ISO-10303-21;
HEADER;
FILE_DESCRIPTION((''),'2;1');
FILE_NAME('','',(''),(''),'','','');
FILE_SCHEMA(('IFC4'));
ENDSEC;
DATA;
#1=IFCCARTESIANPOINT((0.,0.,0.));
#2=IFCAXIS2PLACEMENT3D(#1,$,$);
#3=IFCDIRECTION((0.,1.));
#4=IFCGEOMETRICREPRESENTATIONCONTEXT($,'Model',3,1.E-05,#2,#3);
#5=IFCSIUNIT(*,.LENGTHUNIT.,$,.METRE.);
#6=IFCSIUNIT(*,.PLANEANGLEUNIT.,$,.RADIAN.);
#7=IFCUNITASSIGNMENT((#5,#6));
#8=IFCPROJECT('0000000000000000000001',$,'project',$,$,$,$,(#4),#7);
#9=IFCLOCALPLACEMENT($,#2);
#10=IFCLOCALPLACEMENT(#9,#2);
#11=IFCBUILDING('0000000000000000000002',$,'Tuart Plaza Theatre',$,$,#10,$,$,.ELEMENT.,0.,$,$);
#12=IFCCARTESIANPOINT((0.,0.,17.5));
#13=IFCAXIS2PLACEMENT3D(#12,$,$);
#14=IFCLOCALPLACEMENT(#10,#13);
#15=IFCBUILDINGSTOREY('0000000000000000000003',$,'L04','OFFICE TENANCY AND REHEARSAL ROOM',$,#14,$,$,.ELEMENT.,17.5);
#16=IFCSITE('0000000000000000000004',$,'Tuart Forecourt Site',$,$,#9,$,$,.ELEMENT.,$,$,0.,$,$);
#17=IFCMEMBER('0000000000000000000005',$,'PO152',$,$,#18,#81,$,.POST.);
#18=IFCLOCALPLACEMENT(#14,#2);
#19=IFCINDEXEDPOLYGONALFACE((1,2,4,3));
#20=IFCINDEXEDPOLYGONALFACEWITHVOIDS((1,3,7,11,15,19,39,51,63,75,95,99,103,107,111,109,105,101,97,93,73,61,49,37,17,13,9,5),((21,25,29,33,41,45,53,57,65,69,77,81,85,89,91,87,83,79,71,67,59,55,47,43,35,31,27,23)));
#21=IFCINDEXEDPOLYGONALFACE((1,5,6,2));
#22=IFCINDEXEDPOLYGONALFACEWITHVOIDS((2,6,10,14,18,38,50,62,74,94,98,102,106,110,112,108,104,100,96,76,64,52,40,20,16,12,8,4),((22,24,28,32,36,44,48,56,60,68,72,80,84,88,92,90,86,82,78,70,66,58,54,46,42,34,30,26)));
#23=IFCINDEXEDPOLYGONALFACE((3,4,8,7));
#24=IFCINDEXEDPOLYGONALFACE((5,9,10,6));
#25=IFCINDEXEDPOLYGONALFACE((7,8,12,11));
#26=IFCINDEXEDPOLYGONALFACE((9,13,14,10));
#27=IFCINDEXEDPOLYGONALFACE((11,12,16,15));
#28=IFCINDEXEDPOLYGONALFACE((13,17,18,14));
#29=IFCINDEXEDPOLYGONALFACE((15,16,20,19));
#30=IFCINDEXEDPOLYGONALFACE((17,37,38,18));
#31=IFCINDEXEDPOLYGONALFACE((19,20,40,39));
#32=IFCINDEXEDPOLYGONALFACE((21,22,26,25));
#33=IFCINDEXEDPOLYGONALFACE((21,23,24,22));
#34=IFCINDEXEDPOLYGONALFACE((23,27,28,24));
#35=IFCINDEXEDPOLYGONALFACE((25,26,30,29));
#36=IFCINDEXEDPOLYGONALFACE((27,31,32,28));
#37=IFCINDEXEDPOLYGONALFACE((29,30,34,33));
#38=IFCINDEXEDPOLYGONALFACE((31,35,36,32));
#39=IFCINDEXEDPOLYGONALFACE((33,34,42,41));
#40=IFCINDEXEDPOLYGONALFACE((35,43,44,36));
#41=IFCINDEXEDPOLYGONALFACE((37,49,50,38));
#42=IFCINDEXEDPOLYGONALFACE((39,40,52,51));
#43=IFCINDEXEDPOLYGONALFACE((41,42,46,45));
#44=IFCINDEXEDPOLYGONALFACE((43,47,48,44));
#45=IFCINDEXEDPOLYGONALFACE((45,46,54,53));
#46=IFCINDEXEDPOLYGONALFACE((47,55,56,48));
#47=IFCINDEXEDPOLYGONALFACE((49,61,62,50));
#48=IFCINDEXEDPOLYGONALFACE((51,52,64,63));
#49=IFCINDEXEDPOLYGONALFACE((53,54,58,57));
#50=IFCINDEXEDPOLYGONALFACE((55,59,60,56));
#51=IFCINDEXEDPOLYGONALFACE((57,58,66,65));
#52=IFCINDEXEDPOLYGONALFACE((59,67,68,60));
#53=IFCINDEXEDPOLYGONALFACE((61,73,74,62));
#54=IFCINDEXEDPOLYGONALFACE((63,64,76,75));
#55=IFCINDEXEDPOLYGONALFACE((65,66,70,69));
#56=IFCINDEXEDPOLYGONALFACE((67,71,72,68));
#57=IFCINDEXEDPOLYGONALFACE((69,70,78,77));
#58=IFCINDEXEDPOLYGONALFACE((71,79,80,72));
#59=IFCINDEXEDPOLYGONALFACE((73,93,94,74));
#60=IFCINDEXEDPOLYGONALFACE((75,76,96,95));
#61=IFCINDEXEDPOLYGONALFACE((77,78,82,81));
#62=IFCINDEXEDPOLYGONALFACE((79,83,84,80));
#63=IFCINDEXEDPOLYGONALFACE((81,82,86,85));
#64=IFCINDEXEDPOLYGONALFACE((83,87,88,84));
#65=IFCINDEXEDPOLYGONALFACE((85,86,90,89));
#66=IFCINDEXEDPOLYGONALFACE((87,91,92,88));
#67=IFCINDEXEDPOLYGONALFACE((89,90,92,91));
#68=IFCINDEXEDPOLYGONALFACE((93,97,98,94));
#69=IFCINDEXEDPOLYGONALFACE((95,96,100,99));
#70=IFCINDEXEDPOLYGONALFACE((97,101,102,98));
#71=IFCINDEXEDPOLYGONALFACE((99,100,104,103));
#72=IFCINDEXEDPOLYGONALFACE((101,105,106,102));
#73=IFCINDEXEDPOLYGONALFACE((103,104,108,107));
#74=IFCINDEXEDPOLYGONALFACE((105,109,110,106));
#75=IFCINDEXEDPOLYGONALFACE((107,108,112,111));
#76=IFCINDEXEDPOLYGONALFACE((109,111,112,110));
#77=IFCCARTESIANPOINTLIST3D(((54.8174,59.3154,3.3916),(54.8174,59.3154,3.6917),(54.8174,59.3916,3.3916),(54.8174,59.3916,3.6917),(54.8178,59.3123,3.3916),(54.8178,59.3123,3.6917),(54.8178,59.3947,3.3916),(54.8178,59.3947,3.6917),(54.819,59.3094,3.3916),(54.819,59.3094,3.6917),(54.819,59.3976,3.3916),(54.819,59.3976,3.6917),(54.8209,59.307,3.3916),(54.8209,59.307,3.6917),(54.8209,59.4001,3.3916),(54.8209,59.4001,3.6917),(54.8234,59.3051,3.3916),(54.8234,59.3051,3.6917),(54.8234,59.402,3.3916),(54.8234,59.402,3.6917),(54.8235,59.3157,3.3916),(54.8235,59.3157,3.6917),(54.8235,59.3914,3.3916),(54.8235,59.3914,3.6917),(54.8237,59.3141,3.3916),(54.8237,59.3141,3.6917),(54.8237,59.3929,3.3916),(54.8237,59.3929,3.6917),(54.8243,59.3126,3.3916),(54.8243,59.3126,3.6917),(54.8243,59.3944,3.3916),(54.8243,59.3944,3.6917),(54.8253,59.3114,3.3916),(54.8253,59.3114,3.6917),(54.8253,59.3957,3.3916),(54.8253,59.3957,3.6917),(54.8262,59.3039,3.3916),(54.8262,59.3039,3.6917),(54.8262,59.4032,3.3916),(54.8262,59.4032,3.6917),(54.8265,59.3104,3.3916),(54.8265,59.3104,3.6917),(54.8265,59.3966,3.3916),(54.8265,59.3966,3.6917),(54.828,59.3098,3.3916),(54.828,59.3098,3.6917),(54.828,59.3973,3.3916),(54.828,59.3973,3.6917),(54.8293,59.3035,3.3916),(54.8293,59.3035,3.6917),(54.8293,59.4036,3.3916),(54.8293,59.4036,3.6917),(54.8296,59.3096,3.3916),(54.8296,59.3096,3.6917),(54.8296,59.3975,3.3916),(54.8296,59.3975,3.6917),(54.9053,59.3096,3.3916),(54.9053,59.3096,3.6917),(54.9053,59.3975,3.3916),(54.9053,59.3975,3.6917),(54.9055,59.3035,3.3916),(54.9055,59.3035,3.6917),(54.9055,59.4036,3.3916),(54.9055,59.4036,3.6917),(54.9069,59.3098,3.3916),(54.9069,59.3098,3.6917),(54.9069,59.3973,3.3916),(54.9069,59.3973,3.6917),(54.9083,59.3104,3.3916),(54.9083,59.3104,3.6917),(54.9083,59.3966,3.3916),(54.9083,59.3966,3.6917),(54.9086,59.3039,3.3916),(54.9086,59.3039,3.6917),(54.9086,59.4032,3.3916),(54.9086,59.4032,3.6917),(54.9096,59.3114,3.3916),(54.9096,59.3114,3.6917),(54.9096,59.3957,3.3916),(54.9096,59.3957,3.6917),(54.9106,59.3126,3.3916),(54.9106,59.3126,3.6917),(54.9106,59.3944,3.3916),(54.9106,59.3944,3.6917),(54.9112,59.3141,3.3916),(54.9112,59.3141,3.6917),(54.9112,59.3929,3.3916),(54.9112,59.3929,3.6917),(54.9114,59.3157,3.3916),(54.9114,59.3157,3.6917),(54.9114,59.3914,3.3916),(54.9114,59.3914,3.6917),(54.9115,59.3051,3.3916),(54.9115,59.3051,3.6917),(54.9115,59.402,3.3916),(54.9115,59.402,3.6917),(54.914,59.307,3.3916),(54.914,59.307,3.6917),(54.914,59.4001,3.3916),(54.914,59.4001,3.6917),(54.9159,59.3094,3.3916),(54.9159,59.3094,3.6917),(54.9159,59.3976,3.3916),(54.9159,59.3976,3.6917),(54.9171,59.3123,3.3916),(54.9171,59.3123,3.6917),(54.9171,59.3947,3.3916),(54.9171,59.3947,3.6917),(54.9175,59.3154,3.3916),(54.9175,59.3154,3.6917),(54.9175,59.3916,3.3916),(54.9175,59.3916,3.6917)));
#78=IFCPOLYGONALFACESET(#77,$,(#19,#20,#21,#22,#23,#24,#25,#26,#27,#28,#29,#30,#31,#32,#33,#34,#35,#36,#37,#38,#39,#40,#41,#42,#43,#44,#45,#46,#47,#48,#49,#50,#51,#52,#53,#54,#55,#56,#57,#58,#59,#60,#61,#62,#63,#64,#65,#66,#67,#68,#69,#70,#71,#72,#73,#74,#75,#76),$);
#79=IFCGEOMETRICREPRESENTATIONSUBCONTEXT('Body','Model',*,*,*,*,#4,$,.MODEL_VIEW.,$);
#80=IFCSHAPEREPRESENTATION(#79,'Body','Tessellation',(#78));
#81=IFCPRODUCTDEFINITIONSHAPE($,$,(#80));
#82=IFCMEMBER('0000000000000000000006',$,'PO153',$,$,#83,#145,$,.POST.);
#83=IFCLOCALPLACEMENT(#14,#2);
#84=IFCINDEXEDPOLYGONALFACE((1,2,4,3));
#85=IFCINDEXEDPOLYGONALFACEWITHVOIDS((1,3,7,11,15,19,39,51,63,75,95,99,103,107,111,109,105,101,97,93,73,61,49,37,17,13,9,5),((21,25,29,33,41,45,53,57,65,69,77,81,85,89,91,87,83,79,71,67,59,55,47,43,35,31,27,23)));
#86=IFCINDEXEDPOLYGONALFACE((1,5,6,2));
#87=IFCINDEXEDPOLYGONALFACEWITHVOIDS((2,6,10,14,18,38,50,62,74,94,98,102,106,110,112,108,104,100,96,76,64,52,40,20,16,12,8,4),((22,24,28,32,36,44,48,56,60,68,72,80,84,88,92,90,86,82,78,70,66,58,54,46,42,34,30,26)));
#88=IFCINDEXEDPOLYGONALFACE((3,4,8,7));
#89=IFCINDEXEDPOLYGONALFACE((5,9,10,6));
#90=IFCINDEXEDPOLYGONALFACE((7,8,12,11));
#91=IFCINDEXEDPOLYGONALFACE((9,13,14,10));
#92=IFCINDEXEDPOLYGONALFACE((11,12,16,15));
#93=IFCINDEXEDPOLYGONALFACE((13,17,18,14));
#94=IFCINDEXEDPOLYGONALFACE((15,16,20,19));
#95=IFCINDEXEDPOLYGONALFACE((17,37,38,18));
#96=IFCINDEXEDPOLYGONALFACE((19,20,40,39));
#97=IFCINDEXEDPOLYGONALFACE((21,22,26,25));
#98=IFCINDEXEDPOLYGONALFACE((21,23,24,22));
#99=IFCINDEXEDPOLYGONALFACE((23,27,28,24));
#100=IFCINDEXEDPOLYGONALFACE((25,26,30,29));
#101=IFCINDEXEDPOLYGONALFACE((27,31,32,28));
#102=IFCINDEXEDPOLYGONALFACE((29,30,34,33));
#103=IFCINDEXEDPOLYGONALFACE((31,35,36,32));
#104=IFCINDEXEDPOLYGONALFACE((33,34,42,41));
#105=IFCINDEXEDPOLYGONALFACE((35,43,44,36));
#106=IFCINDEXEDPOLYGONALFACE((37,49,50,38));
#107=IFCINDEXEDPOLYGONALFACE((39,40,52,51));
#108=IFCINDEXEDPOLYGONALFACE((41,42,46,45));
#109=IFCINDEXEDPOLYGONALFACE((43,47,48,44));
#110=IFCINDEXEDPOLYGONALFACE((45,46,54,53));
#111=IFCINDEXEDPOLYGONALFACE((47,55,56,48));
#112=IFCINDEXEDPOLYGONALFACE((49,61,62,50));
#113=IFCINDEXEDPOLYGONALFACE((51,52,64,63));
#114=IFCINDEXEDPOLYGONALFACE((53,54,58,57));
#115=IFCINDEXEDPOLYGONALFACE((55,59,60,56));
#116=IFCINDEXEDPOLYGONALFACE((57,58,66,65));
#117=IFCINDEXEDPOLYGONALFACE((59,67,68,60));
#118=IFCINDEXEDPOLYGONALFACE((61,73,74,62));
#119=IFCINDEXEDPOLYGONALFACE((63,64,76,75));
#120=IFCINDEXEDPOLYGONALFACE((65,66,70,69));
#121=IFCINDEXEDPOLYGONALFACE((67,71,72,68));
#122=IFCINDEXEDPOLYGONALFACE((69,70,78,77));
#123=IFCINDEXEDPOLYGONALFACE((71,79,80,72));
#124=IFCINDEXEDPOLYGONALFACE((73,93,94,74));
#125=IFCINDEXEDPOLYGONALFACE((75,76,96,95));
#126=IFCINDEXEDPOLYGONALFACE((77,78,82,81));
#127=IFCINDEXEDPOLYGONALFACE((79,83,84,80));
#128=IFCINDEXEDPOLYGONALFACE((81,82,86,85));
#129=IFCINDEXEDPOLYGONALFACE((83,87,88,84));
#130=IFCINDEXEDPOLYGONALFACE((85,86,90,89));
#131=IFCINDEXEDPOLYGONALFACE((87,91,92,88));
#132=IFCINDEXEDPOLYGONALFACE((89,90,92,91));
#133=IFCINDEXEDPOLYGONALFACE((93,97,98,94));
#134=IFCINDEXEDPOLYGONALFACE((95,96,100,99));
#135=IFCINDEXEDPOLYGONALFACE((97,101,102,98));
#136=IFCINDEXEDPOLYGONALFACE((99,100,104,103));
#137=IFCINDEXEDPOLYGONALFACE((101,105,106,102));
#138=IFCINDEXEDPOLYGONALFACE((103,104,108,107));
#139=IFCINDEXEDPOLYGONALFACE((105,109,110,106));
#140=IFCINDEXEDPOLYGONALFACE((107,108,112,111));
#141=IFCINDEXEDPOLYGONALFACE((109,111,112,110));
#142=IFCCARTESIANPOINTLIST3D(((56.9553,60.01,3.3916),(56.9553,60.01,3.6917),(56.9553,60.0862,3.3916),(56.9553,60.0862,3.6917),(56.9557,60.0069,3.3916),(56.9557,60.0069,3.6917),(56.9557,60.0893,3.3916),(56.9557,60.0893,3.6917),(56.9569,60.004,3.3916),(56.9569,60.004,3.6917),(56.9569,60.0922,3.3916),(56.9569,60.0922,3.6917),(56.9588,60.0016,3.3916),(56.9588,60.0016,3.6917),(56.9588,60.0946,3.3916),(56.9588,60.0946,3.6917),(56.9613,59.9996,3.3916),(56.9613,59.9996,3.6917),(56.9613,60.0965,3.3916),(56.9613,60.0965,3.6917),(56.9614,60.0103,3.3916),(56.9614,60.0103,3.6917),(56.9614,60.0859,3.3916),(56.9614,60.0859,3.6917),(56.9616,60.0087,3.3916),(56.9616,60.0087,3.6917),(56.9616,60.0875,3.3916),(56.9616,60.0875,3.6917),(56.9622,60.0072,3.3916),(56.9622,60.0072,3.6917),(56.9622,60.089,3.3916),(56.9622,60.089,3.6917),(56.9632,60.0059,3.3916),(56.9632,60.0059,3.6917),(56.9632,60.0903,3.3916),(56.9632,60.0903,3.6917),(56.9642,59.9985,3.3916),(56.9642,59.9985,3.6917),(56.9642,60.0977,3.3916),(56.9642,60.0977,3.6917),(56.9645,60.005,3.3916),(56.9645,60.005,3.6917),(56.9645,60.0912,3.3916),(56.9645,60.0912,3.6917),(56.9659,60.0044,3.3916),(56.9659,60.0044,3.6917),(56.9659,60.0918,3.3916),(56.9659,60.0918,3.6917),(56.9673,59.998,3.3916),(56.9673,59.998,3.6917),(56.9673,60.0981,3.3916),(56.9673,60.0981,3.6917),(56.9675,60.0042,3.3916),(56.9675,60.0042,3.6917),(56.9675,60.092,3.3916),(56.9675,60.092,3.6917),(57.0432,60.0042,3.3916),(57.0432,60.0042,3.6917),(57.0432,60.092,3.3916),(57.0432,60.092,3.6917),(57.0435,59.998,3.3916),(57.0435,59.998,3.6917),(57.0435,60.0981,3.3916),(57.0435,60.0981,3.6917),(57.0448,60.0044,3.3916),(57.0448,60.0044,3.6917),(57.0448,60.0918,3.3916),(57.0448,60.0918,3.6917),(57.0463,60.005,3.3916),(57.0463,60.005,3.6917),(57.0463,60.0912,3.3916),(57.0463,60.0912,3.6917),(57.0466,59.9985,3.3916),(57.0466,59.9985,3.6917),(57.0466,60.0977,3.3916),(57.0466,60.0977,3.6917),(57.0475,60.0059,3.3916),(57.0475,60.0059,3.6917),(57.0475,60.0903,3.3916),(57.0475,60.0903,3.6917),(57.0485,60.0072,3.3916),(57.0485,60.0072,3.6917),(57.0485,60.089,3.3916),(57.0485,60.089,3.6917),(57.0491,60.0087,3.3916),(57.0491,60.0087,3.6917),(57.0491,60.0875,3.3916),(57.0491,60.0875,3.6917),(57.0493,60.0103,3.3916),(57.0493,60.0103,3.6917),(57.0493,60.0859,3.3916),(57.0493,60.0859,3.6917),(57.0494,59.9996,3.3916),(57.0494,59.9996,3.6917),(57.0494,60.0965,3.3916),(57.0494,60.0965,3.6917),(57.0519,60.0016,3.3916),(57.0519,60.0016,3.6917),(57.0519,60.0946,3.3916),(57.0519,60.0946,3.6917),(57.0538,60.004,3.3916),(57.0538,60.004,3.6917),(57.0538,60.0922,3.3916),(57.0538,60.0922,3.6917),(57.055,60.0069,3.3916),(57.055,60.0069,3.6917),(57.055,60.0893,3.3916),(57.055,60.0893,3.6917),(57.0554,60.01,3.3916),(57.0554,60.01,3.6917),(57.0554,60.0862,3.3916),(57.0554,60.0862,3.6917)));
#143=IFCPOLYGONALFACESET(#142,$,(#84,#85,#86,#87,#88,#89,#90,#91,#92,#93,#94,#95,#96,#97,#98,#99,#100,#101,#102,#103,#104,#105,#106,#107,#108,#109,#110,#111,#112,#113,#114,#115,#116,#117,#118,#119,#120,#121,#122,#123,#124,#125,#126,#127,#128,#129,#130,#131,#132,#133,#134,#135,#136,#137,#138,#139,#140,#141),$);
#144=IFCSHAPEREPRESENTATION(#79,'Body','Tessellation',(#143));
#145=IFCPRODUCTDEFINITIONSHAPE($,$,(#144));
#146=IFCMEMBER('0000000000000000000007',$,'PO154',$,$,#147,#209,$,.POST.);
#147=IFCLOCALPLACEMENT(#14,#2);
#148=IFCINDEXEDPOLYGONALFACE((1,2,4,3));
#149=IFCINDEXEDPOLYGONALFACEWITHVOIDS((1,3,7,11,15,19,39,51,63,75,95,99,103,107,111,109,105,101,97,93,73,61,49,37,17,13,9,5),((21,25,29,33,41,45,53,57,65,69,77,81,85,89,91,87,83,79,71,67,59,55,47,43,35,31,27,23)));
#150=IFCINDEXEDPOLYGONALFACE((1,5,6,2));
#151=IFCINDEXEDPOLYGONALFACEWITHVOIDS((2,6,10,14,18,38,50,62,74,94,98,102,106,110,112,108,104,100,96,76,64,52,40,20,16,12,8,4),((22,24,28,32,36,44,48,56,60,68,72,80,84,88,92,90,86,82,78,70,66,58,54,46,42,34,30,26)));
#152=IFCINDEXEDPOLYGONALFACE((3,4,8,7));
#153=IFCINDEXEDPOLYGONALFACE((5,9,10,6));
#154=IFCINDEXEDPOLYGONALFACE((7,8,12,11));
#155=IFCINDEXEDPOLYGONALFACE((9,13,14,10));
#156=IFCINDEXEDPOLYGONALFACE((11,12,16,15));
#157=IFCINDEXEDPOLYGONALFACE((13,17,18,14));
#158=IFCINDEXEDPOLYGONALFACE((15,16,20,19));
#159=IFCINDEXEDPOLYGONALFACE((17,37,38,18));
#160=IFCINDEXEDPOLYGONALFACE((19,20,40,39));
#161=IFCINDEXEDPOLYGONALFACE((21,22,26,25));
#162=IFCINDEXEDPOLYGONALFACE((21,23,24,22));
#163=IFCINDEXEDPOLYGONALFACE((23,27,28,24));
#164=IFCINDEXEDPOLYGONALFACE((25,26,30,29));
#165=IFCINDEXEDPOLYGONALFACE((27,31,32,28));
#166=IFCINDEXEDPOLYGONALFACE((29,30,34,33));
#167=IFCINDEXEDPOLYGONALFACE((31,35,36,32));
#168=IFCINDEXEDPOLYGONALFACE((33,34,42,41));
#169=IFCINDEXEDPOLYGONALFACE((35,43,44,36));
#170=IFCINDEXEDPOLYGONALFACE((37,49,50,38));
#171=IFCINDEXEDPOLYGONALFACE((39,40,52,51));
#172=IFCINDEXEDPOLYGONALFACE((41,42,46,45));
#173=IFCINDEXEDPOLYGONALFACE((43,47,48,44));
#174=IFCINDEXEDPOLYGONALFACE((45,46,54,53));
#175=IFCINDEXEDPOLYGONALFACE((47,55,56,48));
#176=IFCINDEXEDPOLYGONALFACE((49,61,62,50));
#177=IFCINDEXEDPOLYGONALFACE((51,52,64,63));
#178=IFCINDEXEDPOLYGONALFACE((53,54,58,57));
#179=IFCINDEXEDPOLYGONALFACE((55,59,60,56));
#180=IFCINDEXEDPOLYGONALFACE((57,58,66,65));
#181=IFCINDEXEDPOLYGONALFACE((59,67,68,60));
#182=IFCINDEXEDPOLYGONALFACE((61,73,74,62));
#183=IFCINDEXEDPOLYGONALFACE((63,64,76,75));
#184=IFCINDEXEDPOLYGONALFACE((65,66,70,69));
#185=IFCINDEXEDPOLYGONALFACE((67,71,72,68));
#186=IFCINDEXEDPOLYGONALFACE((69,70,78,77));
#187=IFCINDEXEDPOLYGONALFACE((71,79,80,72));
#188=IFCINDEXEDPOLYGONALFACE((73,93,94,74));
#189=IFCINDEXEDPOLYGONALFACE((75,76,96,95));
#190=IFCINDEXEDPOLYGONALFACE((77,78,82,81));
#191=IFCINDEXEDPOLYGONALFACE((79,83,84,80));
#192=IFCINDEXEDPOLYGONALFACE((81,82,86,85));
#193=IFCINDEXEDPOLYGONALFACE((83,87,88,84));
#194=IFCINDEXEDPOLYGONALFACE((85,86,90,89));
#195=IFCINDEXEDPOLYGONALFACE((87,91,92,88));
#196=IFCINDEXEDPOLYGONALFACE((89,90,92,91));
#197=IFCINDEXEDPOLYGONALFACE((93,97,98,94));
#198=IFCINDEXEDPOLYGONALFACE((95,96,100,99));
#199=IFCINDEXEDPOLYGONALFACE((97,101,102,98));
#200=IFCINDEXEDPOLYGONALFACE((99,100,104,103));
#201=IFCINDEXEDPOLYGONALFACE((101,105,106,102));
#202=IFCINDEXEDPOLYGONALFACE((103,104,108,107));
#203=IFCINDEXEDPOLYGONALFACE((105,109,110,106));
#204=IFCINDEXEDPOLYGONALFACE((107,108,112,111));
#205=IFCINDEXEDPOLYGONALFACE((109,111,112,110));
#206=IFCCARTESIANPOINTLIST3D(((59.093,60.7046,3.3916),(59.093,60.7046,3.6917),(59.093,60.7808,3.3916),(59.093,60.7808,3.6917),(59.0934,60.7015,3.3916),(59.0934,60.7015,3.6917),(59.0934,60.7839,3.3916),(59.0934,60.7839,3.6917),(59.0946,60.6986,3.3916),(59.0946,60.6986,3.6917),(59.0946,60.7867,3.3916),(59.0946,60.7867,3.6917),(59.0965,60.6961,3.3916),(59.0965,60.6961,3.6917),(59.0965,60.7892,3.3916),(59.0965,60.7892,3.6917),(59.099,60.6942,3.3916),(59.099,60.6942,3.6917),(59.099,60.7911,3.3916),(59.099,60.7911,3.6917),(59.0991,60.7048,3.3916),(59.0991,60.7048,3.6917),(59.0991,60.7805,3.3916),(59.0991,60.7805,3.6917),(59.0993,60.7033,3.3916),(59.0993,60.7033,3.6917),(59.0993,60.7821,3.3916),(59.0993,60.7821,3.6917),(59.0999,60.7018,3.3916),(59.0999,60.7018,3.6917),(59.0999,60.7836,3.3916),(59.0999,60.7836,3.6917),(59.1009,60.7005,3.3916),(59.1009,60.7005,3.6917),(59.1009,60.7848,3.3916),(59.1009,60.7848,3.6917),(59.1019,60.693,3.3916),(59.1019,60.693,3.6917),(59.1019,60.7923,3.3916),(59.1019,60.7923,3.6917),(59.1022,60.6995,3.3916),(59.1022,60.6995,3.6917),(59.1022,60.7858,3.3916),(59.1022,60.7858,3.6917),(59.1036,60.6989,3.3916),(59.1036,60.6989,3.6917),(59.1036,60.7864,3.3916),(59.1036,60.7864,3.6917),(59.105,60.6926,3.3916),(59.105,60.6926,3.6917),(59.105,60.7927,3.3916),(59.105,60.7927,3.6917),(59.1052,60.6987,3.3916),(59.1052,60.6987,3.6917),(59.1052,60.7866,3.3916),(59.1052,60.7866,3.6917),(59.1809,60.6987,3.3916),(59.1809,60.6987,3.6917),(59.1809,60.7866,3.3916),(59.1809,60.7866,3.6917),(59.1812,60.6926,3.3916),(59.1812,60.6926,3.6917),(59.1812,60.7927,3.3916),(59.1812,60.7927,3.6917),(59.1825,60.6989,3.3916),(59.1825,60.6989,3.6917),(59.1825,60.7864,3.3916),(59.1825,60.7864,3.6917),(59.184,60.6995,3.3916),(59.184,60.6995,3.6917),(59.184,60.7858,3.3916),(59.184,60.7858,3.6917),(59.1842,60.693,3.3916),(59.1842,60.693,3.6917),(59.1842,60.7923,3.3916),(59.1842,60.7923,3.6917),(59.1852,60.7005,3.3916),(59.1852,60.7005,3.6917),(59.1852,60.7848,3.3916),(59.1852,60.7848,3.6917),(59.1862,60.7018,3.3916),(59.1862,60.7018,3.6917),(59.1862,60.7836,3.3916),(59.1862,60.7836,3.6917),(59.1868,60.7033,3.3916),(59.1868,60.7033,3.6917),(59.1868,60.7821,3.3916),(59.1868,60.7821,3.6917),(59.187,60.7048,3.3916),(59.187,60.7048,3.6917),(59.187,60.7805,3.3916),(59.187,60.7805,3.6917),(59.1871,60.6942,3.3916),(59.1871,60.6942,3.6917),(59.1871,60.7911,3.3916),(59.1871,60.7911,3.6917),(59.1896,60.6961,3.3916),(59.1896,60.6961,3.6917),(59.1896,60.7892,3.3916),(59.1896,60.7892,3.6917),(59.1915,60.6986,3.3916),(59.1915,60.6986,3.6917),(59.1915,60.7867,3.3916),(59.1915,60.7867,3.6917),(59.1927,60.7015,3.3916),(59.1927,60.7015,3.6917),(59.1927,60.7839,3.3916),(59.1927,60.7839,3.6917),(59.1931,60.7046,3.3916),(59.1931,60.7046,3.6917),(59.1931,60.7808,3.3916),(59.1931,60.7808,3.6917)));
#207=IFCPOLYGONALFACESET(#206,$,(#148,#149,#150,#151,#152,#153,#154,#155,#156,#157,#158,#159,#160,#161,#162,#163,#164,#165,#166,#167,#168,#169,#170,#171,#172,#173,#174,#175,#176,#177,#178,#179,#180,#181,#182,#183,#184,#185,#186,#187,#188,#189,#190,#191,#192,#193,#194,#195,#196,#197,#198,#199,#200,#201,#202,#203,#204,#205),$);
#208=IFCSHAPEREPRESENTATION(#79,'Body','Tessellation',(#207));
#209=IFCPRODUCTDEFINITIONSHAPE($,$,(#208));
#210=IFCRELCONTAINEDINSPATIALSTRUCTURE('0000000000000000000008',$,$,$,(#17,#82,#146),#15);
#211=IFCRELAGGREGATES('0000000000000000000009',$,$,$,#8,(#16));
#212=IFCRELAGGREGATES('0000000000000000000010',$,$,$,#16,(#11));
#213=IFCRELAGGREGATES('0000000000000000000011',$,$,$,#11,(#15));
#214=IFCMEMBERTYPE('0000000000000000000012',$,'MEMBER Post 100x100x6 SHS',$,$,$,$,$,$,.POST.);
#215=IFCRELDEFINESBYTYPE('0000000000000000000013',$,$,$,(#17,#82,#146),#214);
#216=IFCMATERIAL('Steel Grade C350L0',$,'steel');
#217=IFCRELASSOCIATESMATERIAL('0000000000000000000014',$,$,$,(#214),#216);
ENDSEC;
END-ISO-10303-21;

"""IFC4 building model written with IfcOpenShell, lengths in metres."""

from ifc_helpers import new_model, si_unit, direction, frame, origin, origin_2d, place, context, subcontext, project, spatial, hollow_rectangle, extrude, material, material_profile, profile_set, type_object, element, save


model = new_model("IFC4")

# Units and contexts
model_context = context("Model", 3, precision=1e-05, world=origin(), true_north=direction((0.0, 1.0)))
body_context = subcontext(model_context, "Body", "Model", "MODEL_VIEW")
ifc_project = project(units=[si_unit("LENGTHUNIT", "METRE"), si_unit("PLANEANGLEUNIT", "RADIAN")], contexts=[model_context])

# Site, building, storey
site_placement = place(None, origin())
site = spatial("IfcSite", under=ifc_project, at=site_placement, Name="Tuart Forecourt Site", CompositionType="ELEMENT", RefElevation=0.0)
building_placement = place(site_placement, origin())
building = spatial("IfcBuilding", under=site, at=building_placement, Name="Tuart Plaza Theatre", CompositionType="ELEMENT", ElevationOfRefHeight=0.0)
storey_placement = place(building_placement, frame((0.0, 0.0, 17.5)))
storey = spatial("IfcBuildingStorey", under=building, at=storey_placement, Name="L04", Description="OFFICE TENANCY AND REHEARSAL ROOM", CompositionType="ELEMENT", Elevation=17.5)

# Members
ifc_material_1 = material(Name="Steel Grade C350L0", Category="steel")
ifc_material_profile_1 = material_profile(ifc_material_1, hollow_rectangle(XDim=0.1001, YDim=0.1001, WallThickness=0.0061, InnerFilletRadius=0.0061, OuterFilletRadius=0.012, at=origin_2d()), Name="100x100x6 SHS")
ifc_profile_set_1 = profile_set([ifc_material_profile_1], Name="Steel Grade C350L0")
member_type_1 = type_object("IfcMemberType", Name="MEMBER Post 100x100x6 SHS", PredefinedType="POST", material=ifc_profile_set_1)
for number, where, z_axis, x_axis, name in (
    (1, (54.8674, 59.3535, 3.3916), (0.0, 0.0, 1.0), (1.0, 0.0, 0.0), "PO152"),
    (2, (57.0054, 60.0481, 3.3916), (0.0, 0.0, 1.0), (1.0, 0.0, 0.0), "PO153"),
    (3, (59.1431, 60.7427, 3.3916), (0.0, 0.0, 1.0), (1.0, 0.0, 0.0), "PO154"),
):
    element("IfcMember", number, at=place(storey_placement, frame(where, z_axis=z_axis, x_axis=x_axis)), inside=storey, type_object=member_type_1, Name=name, PredefinedType="POST", context=body_context, shape_type="SweptSolid", body=[
        extrude(hollow_rectangle(XDim=0.1001, YDim=0.1001, WallThickness=0.0061, InnerFilletRadius=0.0061, OuterFilletRadius=0.012, at=origin_2d()), origin(), (0.0, 0.0, 1.0), 0.3),
    ])

save(model, "model.ifc")
